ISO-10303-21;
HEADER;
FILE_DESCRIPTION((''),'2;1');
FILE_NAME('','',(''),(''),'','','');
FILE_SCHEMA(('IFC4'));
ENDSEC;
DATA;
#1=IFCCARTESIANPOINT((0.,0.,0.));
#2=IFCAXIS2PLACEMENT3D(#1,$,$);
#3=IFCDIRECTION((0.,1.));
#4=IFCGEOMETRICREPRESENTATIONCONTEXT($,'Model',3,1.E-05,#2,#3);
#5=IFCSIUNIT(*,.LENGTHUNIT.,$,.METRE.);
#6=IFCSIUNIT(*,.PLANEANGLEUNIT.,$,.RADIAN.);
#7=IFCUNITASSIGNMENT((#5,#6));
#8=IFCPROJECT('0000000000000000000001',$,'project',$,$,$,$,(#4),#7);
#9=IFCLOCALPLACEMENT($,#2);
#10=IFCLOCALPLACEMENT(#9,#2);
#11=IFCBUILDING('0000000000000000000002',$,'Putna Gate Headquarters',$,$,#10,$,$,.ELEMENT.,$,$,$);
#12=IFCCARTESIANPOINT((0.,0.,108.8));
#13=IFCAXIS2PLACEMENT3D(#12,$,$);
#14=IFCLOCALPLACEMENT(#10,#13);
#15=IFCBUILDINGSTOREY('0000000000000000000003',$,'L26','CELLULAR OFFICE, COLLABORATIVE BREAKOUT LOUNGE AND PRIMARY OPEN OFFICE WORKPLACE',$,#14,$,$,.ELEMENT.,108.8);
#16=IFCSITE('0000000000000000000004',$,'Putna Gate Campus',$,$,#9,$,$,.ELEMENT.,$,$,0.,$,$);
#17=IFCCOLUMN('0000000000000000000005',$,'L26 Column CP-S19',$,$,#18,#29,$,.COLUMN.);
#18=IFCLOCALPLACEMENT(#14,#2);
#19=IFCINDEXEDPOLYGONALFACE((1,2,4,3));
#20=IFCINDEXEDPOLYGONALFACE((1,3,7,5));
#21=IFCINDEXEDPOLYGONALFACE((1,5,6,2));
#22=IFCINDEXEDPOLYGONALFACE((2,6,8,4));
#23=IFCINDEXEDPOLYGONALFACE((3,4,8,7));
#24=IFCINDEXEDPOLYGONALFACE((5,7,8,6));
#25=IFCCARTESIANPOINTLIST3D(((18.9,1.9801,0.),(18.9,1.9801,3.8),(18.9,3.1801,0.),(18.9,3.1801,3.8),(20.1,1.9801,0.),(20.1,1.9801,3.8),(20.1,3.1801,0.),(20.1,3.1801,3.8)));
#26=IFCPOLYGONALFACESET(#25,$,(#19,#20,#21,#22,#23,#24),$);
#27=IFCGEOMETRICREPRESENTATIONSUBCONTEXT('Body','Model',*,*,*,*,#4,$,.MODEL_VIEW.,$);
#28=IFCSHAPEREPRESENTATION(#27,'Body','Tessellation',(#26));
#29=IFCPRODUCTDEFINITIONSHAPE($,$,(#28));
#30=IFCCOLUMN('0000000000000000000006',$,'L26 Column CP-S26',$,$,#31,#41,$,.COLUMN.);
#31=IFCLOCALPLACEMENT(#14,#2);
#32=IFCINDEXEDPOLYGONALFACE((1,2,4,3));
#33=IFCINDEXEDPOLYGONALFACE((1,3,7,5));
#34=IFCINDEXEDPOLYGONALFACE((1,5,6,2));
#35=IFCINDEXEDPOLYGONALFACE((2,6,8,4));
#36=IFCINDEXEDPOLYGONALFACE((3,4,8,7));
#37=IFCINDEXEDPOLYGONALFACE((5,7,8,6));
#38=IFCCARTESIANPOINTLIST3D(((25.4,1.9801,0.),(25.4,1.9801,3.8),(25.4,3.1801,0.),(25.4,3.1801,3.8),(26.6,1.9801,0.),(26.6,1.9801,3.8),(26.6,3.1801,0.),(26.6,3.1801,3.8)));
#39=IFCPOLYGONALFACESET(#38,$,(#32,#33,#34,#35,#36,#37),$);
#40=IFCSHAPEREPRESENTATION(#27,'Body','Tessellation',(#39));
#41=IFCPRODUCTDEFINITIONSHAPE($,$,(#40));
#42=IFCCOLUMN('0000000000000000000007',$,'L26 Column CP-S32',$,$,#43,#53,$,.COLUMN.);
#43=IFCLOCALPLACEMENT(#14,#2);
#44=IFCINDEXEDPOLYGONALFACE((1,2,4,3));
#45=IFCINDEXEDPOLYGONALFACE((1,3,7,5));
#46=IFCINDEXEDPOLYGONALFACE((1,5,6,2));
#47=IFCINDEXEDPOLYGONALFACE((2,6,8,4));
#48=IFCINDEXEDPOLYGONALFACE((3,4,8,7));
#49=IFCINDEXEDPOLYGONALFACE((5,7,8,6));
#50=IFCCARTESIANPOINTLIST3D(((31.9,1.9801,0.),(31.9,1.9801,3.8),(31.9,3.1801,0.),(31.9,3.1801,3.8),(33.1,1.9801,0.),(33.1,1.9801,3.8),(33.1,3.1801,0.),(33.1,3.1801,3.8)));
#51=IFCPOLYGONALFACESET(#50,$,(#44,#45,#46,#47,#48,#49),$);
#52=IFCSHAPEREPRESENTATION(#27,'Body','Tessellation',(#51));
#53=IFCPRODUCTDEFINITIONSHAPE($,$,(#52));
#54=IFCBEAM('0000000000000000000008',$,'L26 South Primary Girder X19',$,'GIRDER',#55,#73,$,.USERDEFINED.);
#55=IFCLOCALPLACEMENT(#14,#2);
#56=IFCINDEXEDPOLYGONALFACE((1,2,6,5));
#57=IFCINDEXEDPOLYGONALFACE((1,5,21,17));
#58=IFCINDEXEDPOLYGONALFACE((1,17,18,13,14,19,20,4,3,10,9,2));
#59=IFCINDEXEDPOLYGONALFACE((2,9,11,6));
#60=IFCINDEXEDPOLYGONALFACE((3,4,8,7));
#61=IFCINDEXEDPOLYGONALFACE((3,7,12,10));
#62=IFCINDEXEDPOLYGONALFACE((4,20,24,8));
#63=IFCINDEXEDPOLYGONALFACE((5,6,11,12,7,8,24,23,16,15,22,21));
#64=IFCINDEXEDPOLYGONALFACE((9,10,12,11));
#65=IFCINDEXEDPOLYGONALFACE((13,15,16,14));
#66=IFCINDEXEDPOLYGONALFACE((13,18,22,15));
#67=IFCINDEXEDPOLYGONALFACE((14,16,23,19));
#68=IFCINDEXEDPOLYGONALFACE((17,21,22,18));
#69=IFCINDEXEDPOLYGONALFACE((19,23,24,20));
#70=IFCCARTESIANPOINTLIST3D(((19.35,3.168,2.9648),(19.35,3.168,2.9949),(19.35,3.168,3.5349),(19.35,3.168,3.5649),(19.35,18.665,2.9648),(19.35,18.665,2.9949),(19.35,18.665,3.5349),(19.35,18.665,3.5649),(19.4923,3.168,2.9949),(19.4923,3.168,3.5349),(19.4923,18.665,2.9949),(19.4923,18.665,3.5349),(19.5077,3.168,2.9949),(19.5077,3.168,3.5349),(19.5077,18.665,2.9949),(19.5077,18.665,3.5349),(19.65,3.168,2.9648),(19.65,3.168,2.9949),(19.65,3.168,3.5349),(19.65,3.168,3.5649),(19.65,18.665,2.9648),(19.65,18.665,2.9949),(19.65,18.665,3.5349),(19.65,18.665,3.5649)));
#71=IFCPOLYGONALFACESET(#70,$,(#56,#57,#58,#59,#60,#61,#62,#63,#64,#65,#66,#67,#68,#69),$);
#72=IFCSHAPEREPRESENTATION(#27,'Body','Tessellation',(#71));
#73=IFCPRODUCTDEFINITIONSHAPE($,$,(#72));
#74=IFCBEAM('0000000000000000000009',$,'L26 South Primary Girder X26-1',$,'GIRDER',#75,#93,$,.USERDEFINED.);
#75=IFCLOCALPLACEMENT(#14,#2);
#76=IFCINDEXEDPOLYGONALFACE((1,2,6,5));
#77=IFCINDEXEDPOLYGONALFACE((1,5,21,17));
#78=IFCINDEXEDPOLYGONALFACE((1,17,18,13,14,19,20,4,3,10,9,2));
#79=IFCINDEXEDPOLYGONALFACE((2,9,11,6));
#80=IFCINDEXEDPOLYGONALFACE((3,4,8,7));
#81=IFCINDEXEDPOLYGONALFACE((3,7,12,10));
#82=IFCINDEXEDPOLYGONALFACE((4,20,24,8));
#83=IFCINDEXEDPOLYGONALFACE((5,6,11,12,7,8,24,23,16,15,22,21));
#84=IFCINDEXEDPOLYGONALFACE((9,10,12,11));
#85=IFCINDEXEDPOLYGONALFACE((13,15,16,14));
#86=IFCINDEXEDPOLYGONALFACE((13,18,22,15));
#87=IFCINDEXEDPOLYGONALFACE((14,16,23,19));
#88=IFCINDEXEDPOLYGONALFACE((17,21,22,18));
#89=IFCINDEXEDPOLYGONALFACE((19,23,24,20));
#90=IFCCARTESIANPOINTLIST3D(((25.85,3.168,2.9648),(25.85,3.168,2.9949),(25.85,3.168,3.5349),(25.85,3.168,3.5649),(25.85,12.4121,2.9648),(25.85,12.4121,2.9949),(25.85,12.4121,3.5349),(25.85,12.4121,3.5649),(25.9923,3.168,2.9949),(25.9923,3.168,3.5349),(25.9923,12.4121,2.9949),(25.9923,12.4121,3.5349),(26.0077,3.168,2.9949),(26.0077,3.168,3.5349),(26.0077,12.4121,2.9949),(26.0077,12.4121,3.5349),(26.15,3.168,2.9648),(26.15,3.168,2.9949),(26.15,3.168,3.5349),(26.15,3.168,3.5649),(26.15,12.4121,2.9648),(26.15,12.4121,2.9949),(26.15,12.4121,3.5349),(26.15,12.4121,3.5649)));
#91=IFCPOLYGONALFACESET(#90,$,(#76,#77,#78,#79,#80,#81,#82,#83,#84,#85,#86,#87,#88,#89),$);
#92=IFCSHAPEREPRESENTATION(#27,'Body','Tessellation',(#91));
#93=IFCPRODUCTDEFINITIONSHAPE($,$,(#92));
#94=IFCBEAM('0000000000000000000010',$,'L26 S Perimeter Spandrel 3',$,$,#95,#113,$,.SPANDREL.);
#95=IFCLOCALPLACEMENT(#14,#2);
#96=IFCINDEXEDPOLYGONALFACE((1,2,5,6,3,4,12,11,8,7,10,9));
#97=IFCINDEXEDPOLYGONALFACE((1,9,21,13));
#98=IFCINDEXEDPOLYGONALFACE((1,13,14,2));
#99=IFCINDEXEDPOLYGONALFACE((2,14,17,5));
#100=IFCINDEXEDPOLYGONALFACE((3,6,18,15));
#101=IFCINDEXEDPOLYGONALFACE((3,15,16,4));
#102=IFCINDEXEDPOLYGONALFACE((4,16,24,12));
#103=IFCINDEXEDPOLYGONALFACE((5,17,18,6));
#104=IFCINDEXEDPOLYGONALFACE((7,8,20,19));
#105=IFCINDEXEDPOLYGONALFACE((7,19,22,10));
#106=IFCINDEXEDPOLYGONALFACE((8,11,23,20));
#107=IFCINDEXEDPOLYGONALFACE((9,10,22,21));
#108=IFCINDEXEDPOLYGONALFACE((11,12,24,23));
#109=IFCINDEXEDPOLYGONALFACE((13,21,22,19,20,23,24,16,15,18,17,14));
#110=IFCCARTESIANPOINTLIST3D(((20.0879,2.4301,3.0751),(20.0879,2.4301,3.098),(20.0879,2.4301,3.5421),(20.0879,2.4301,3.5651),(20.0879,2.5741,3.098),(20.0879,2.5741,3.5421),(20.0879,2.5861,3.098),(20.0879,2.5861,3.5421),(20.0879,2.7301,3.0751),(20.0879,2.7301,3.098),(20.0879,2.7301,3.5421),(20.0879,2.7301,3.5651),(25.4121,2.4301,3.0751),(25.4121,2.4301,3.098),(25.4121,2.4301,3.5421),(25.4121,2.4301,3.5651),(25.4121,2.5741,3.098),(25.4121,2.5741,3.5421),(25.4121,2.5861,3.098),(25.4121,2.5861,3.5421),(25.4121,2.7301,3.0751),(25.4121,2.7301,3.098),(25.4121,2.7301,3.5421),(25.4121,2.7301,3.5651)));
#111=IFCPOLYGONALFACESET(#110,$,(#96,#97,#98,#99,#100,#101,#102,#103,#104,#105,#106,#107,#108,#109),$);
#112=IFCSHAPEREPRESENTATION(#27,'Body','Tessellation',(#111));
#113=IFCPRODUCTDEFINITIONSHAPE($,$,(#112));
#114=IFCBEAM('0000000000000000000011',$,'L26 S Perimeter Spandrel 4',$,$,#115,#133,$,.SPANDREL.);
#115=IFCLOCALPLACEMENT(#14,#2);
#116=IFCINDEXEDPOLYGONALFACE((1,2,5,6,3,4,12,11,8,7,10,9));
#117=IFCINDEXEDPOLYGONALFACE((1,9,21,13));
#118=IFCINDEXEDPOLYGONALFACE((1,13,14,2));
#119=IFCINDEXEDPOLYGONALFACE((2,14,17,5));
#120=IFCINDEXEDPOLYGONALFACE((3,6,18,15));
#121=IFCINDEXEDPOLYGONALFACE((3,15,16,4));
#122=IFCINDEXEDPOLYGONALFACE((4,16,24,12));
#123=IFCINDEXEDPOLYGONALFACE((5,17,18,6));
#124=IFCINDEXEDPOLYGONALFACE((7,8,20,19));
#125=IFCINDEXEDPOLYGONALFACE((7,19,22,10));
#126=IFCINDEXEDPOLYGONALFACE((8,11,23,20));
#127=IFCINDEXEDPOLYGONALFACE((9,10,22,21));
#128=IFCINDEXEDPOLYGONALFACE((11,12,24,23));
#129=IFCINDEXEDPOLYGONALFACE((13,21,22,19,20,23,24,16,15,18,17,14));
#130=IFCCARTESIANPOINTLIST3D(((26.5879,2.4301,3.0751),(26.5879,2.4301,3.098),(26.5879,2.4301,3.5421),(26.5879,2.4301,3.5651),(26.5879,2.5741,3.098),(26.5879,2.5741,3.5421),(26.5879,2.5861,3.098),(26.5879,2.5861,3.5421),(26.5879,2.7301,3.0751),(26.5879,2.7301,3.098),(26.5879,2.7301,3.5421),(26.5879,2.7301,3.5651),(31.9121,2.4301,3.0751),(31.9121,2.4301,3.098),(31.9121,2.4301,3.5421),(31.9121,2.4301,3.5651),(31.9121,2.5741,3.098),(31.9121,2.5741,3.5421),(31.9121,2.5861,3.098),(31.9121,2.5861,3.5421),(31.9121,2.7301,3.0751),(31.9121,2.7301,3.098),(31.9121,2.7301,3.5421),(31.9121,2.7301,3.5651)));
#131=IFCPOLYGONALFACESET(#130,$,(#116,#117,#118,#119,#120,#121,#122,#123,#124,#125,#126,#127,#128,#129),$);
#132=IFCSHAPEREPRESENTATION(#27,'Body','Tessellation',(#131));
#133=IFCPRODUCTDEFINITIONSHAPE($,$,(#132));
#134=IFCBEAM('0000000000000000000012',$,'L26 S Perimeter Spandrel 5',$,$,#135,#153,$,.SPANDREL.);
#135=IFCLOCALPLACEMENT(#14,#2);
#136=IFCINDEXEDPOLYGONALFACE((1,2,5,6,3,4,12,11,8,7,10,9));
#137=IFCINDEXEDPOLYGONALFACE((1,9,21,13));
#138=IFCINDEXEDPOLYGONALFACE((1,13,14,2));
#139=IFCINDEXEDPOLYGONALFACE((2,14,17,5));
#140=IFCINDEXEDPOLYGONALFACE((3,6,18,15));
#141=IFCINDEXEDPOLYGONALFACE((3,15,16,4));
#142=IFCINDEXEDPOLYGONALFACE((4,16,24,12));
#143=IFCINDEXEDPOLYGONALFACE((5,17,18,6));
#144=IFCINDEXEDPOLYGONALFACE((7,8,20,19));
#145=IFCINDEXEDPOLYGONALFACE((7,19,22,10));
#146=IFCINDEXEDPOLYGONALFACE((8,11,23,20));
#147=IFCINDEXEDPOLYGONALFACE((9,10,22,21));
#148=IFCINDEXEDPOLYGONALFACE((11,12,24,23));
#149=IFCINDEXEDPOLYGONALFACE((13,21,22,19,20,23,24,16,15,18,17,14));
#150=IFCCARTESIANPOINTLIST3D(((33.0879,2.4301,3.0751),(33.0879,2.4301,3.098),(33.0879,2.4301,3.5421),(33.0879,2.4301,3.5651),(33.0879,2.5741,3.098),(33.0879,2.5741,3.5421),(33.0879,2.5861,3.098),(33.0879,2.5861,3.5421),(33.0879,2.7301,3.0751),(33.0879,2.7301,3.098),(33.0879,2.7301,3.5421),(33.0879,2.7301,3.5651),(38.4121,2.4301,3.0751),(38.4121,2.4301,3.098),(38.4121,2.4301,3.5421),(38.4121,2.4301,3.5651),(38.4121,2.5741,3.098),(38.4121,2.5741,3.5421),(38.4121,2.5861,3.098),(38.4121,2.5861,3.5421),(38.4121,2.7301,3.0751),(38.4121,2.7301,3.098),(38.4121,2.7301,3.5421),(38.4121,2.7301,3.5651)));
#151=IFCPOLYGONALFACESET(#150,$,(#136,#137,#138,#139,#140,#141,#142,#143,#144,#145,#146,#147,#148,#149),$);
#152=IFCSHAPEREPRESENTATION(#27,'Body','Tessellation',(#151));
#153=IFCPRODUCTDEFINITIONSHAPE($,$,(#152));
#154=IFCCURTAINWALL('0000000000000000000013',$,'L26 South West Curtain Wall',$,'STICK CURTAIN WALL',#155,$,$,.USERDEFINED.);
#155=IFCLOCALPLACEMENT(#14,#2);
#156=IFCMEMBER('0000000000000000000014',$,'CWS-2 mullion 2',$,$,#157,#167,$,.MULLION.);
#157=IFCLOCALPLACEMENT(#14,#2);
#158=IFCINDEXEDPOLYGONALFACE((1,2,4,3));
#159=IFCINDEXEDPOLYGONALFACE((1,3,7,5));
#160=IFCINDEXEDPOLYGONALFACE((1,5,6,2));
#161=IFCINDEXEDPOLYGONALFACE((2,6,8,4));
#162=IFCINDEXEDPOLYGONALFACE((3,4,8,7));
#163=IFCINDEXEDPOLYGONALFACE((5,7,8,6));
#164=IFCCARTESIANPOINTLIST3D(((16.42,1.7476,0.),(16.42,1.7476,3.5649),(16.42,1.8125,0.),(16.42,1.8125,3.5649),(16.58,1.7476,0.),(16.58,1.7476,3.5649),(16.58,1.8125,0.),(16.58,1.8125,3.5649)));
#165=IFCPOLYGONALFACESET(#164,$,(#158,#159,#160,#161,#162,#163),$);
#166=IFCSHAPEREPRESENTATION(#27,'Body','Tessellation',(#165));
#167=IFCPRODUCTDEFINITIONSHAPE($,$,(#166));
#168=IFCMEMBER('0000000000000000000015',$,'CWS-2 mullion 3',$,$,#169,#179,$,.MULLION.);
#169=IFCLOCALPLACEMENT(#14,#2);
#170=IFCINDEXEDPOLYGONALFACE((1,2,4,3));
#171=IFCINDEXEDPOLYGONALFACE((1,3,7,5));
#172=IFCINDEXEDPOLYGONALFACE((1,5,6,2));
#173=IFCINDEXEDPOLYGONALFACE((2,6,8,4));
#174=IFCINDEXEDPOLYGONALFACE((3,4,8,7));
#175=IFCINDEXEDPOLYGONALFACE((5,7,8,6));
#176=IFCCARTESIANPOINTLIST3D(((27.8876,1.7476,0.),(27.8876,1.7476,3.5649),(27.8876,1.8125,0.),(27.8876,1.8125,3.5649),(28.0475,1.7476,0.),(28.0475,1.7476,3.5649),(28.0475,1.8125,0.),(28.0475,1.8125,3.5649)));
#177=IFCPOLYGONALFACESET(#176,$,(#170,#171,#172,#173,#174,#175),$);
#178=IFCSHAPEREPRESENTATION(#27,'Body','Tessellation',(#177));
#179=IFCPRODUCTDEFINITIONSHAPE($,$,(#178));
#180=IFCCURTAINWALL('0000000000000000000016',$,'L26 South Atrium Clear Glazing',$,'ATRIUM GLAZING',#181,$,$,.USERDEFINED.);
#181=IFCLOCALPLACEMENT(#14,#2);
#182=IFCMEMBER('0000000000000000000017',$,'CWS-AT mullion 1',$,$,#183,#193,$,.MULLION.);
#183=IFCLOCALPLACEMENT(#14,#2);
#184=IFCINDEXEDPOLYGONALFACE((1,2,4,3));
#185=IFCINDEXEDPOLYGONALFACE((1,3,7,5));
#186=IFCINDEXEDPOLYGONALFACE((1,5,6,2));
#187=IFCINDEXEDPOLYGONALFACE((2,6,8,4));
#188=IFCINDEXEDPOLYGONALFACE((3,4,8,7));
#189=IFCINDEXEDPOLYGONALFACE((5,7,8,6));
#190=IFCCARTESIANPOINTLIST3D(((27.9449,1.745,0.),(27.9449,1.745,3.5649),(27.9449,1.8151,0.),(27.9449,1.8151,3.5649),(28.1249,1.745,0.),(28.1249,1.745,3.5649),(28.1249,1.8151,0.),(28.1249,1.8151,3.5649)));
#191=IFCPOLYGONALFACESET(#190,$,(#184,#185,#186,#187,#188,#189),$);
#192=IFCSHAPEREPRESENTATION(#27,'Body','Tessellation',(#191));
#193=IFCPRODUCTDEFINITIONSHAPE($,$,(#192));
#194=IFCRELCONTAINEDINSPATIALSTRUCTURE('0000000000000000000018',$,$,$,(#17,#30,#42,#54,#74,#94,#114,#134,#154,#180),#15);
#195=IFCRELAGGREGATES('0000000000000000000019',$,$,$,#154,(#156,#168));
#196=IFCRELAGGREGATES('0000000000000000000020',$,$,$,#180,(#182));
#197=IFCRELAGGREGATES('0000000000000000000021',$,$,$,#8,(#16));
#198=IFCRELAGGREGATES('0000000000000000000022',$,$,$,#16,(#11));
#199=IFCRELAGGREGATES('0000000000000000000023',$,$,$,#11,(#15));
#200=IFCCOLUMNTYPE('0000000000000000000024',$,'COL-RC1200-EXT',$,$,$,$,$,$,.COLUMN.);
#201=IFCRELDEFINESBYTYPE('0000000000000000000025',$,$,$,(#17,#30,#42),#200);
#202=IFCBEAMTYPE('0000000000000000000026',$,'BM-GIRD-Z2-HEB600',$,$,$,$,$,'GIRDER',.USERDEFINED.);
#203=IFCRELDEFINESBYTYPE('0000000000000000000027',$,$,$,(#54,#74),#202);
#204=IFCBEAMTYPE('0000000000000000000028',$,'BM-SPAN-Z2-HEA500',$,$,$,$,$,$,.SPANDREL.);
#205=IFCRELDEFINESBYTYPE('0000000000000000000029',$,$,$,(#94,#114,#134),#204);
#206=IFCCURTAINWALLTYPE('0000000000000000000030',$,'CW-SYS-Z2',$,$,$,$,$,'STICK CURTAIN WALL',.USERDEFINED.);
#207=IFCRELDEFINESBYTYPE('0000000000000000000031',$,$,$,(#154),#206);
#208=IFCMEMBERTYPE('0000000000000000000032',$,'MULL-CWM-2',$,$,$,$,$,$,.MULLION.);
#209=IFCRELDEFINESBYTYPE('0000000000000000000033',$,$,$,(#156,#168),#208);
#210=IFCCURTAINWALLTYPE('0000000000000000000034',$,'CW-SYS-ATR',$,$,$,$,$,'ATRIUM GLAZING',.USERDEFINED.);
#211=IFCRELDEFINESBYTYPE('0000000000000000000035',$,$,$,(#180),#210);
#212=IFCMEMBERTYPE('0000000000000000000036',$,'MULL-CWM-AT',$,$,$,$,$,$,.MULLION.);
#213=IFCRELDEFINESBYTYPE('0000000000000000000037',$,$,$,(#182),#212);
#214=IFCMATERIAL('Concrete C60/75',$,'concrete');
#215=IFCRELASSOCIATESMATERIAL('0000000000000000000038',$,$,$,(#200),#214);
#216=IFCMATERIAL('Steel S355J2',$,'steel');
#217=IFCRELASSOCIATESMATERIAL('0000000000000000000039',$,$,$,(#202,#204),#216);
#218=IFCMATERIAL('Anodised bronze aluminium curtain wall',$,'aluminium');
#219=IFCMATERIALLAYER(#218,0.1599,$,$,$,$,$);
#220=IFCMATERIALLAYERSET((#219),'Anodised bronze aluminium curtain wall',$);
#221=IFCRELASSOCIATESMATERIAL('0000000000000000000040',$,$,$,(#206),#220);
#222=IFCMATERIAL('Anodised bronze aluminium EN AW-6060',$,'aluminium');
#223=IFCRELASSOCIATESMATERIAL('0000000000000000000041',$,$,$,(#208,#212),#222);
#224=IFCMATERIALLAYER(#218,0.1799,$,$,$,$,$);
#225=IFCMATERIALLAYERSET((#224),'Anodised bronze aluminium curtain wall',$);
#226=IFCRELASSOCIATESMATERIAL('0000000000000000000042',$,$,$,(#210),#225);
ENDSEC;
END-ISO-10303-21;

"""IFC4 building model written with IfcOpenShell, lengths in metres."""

from ifc_helpers import new_model, si_unit, direction, frame, origin, origin_2d, place, context, subcontext, project, spatial, rectangle, i_section, extrude, material, layer, layer_set, material_profile, profile_set, type_object, element, aggregate, save


model = new_model("IFC4")

# Units and contexts
model_context = context("Model", 3, precision=1e-05, world=origin(), true_north=direction((0.0, 1.0)))
body_context = subcontext(model_context, "Body", "Model", "MODEL_VIEW")
ifc_project = project(units=[si_unit("LENGTHUNIT", "METRE"), si_unit("PLANEANGLEUNIT", "RADIAN")], contexts=[model_context])

# Site, building, storey
site_placement = place(None, origin())
site = spatial("IfcSite", under=ifc_project, at=site_placement, Name="Putna Gate Campus", CompositionType="ELEMENT", RefElevation=0.0)
building_placement = place(site_placement, origin())
building = spatial("IfcBuilding", under=site, at=building_placement, Name="Putna Gate Headquarters", CompositionType="ELEMENT")
storey_placement = place(building_placement, frame((0.0, 0.0, 108.8)))
storey = spatial("IfcBuildingStorey", under=building, at=storey_placement, Name="L26", Description="CELLULAR OFFICE, COLLABORATIVE BREAKOUT LOUNGE AND PRIMARY OPEN OFFICE WORKPLACE", CompositionType="ELEMENT", Elevation=108.8)

# Columns
ifc_material_1 = material(Name="Concrete C60/75", Category="concrete")
ifc_material_profile_1 = material_profile(ifc_material_1, rectangle(XDim=1.2, YDim=1.2, at=origin_2d()), Name="Concrete C60/75")
ifc_profile_set_1 = profile_set([ifc_material_profile_1], Name="Concrete C60/75")
column_type = type_object("IfcColumnType", Name="COL-RC1200-EXT", PredefinedType="COLUMN", material=ifc_profile_set_1)
for number, where, z_axis, x_axis, name in (
    (1, (19.5, 2.5801, 0.0), (0.0, 0.0, 1.0), (1.0, 0.0, 0.0), "L26 Column CP-S19"),
    (2, (26.0, 2.5801, 0.0), (0.0, 0.0, 1.0), (1.0, 0.0, 0.0), "L26 Column CP-S26"),
    (3, (32.5, 2.5801, 0.0), (0.0, 0.0, 1.0), (1.0, 0.0, 0.0), "L26 Column CP-S32"),
):
    element("IfcColumn", number, at=place(storey_placement, frame(where, z_axis=z_axis, x_axis=x_axis)), inside=storey, type_object=column_type, Name=name, PredefinedType="COLUMN", context=body_context, shape_type="SweptSolid", body=[
        extrude(rectangle(XDim=1.2, YDim=1.2, at=origin_2d()), origin(), (0.0, 0.0, 1.0), 3.8),
    ])

# Beams
ifc_material_2 = material(Name="Steel S355J2", Category="steel")
ifc_material_profile_2 = material_profile(ifc_material_2, i_section(OverallWidth=0.3, OverallDepth=0.6001, WebThickness=0.0154, FlangeThickness=0.03, at=origin_2d()), Name="Steel S355J2")
ifc_profile_set_2 = profile_set([ifc_material_profile_2], Name="Steel S355J2")
beam_type_1 = type_object("IfcBeamType", Name="BM-GIRD-Z2-HEB600", ElementType="GIRDER", PredefinedType="USERDEFINED", material=ifc_profile_set_2)
beam_1_placement = place(storey_placement, frame((19.5, 3.168, 3.2649), z_axis=(0.0, 1.0, 0.0), x_axis=(-1.0, 0.0, 0.0)))
element("IfcBeam", 4, at=beam_1_placement, inside=storey, type_object=beam_type_1, Name="L26 South Primary Girder X19", ObjectType="GIRDER", PredefinedType="USERDEFINED", context=body_context, shape_type="SweptSolid", body=[
    extrude(i_section(OverallWidth=0.3, OverallDepth=0.6001, WebThickness=0.0154, FlangeThickness=0.03, at=origin_2d()), origin(), (0.0, 0.0, 1.0), 15.4971),
])
beam_2_placement = place(storey_placement, frame((26.0, 3.168, 3.2649), z_axis=(0.0, 1.0, 0.0), x_axis=(-1.0, 0.0, 0.0)))
element("IfcBeam", 5, at=beam_2_placement, inside=storey, type_object=beam_type_1, Name="L26 South Primary Girder X26-1", ObjectType="GIRDER", PredefinedType="USERDEFINED", context=body_context, shape_type="SweptSolid", body=[
    extrude(i_section(OverallWidth=0.3, OverallDepth=0.6001, WebThickness=0.0154, FlangeThickness=0.03, at=origin_2d()), origin(), (0.0, 0.0, 1.0), 9.2441),
])
ifc_material_profile_3 = material_profile(ifc_material_2, i_section(OverallWidth=0.3, OverallDepth=0.49, WebThickness=0.012, FlangeThickness=0.0229, at=origin_2d()), Name="Steel S355J2")
ifc_profile_set_3 = profile_set([ifc_material_profile_3], Name="Steel S355J2")
beam_type_2 = type_object("IfcBeamType", Name="BM-SPAN-Z2-HEA500", PredefinedType="SPANDREL", material=ifc_profile_set_3)
for number, where, z_axis, x_axis, name in (
    (6, (20.0879, 2.5801, 3.3201), (1.0, 0.0, 0.0), (0.0, 1.0, 0.0), "L26 S Perimeter Spandrel 3"),
    (7, (26.5879, 2.5801, 3.3201), (1.0, 0.0, 0.0), (0.0, 1.0, 0.0), "L26 S Perimeter Spandrel 4"),
    (8, (33.0879, 2.5801, 3.3201), (1.0, 0.0, 0.0), (0.0, 1.0, 0.0), "L26 S Perimeter Spandrel 5"),
):
    element("IfcBeam", number, at=place(storey_placement, frame(where, z_axis=z_axis, x_axis=x_axis)), inside=storey, type_object=beam_type_2, Name=name, PredefinedType="SPANDREL", context=body_context, shape_type="SweptSolid", body=[
        extrude(i_section(OverallWidth=0.3, OverallDepth=0.49, WebThickness=0.012, FlangeThickness=0.0229, at=origin_2d()), origin(), (0.0, 0.0, 1.0), 5.3242),
    ])

# Curtain walls, members
ifc_material_3 = material(Name="Anodised bronze aluminium curtain wall", Category="aluminium")
ifc_layer_1 = layer(ifc_material_3, 0.1599)
ifc_layer_set_1 = layer_set([ifc_layer_1], Name="Anodised bronze aluminium curtain wall")
curtain_wall_type_1 = type_object("IfcCurtainWallType", Name="CW-SYS-Z2", ElementType="STICK CURTAIN WALL", PredefinedType="USERDEFINED", material=ifc_layer_set_1)
curtain_wall_1_placement = place(storey_placement, origin())
curtain_wall_1 = element("IfcCurtainWall", 9, at=curtain_wall_1_placement, inside=storey, type_object=curtain_wall_type_1, Name="L26 South West Curtain Wall", ObjectType="STICK CURTAIN WALL", PredefinedType="USERDEFINED")
ifc_material_4 = material(Name="Anodised bronze aluminium EN AW-6060", Category="aluminium")
ifc_material_profile_4 = material_profile(ifc_material_4, rectangle(XDim=0.0649, YDim=0.1599, at=origin_2d()), Name="Anodised bronze aluminium EN AW-6060")
ifc_profile_set_4 = profile_set([ifc_material_profile_4], Name="Anodised bronze aluminium EN AW-6060")
member_type_1 = type_object("IfcMemberType", Name="MULL-CWM-2", PredefinedType="MULLION", material=ifc_profile_set_4)
member_1_placement = place(storey_placement, frame((16.5, 1.78, 0.0), z_axis=(0.0, 0.0, 1.0), x_axis=(0.0, 1.0, 0.0)))
member_1 = element("IfcMember", 10, at=member_1_placement, type_object=member_type_1, Name="CWS-2 mullion 2", PredefinedType="MULLION", context=body_context, shape_type="SweptSolid", body=[
    extrude(rectangle(XDim=0.0649, YDim=0.1599, at=origin_2d()), origin(), (0.0, 0.0, 1.0), 3.5649),
])
member_2_placement = place(storey_placement, frame((27.9675, 1.78, 0.0), z_axis=(0.0, 0.0, 1.0), x_axis=(0.0, 1.0, 0.0)))
member_2 = element("IfcMember", 11, at=member_2_placement, type_object=member_type_1, Name="CWS-2 mullion 3", PredefinedType="MULLION", context=body_context, shape_type="SweptSolid", body=[
    extrude(rectangle(XDim=0.0649, YDim=0.1599, at=origin_2d()), origin(), (0.0, 0.0, 1.0), 3.5649),
])
ifc_layer_2 = layer(ifc_material_3, 0.1799)
ifc_layer_set_2 = layer_set([ifc_layer_2], Name="Anodised bronze aluminium curtain wall")
curtain_wall_type_2 = type_object("IfcCurtainWallType", Name="CW-SYS-ATR", ElementType="ATRIUM GLAZING", PredefinedType="USERDEFINED", material=ifc_layer_set_2)
curtain_wall_2_placement = place(storey_placement, origin())
curtain_wall_2 = element("IfcCurtainWall", 12, at=curtain_wall_2_placement, inside=storey, type_object=curtain_wall_type_2, Name="L26 South Atrium Clear Glazing", ObjectType="ATRIUM GLAZING", PredefinedType="USERDEFINED")
ifc_material_profile_5 = material_profile(ifc_material_4, rectangle(XDim=0.0701, YDim=0.1799, at=origin_2d()), Name="Anodised bronze aluminium EN AW-6060")
ifc_profile_set_5 = profile_set([ifc_material_profile_5], Name="Anodised bronze aluminium EN AW-6060")
member_type_2 = type_object("IfcMemberType", Name="MULL-CWM-AT", PredefinedType="MULLION", material=ifc_profile_set_5)
member_3_placement = place(storey_placement, frame((28.0349, 1.78, 0.0), z_axis=(0.0, 0.0, 1.0), x_axis=(0.0, 1.0, 0.0)))
member_3 = element("IfcMember", 13, at=member_3_placement, type_object=member_type_2, Name="CWS-AT mullion 1", PredefinedType="MULLION", context=body_context, shape_type="SweptSolid", body=[
    extrude(rectangle(XDim=0.0701, YDim=0.1799, at=origin_2d()), origin(), (0.0, 0.0, 1.0), 3.5649),
])

aggregate(curtain_wall_1, [member_1, member_2])
aggregate(curtain_wall_2, [member_3])

save(model, "model.ifc")
